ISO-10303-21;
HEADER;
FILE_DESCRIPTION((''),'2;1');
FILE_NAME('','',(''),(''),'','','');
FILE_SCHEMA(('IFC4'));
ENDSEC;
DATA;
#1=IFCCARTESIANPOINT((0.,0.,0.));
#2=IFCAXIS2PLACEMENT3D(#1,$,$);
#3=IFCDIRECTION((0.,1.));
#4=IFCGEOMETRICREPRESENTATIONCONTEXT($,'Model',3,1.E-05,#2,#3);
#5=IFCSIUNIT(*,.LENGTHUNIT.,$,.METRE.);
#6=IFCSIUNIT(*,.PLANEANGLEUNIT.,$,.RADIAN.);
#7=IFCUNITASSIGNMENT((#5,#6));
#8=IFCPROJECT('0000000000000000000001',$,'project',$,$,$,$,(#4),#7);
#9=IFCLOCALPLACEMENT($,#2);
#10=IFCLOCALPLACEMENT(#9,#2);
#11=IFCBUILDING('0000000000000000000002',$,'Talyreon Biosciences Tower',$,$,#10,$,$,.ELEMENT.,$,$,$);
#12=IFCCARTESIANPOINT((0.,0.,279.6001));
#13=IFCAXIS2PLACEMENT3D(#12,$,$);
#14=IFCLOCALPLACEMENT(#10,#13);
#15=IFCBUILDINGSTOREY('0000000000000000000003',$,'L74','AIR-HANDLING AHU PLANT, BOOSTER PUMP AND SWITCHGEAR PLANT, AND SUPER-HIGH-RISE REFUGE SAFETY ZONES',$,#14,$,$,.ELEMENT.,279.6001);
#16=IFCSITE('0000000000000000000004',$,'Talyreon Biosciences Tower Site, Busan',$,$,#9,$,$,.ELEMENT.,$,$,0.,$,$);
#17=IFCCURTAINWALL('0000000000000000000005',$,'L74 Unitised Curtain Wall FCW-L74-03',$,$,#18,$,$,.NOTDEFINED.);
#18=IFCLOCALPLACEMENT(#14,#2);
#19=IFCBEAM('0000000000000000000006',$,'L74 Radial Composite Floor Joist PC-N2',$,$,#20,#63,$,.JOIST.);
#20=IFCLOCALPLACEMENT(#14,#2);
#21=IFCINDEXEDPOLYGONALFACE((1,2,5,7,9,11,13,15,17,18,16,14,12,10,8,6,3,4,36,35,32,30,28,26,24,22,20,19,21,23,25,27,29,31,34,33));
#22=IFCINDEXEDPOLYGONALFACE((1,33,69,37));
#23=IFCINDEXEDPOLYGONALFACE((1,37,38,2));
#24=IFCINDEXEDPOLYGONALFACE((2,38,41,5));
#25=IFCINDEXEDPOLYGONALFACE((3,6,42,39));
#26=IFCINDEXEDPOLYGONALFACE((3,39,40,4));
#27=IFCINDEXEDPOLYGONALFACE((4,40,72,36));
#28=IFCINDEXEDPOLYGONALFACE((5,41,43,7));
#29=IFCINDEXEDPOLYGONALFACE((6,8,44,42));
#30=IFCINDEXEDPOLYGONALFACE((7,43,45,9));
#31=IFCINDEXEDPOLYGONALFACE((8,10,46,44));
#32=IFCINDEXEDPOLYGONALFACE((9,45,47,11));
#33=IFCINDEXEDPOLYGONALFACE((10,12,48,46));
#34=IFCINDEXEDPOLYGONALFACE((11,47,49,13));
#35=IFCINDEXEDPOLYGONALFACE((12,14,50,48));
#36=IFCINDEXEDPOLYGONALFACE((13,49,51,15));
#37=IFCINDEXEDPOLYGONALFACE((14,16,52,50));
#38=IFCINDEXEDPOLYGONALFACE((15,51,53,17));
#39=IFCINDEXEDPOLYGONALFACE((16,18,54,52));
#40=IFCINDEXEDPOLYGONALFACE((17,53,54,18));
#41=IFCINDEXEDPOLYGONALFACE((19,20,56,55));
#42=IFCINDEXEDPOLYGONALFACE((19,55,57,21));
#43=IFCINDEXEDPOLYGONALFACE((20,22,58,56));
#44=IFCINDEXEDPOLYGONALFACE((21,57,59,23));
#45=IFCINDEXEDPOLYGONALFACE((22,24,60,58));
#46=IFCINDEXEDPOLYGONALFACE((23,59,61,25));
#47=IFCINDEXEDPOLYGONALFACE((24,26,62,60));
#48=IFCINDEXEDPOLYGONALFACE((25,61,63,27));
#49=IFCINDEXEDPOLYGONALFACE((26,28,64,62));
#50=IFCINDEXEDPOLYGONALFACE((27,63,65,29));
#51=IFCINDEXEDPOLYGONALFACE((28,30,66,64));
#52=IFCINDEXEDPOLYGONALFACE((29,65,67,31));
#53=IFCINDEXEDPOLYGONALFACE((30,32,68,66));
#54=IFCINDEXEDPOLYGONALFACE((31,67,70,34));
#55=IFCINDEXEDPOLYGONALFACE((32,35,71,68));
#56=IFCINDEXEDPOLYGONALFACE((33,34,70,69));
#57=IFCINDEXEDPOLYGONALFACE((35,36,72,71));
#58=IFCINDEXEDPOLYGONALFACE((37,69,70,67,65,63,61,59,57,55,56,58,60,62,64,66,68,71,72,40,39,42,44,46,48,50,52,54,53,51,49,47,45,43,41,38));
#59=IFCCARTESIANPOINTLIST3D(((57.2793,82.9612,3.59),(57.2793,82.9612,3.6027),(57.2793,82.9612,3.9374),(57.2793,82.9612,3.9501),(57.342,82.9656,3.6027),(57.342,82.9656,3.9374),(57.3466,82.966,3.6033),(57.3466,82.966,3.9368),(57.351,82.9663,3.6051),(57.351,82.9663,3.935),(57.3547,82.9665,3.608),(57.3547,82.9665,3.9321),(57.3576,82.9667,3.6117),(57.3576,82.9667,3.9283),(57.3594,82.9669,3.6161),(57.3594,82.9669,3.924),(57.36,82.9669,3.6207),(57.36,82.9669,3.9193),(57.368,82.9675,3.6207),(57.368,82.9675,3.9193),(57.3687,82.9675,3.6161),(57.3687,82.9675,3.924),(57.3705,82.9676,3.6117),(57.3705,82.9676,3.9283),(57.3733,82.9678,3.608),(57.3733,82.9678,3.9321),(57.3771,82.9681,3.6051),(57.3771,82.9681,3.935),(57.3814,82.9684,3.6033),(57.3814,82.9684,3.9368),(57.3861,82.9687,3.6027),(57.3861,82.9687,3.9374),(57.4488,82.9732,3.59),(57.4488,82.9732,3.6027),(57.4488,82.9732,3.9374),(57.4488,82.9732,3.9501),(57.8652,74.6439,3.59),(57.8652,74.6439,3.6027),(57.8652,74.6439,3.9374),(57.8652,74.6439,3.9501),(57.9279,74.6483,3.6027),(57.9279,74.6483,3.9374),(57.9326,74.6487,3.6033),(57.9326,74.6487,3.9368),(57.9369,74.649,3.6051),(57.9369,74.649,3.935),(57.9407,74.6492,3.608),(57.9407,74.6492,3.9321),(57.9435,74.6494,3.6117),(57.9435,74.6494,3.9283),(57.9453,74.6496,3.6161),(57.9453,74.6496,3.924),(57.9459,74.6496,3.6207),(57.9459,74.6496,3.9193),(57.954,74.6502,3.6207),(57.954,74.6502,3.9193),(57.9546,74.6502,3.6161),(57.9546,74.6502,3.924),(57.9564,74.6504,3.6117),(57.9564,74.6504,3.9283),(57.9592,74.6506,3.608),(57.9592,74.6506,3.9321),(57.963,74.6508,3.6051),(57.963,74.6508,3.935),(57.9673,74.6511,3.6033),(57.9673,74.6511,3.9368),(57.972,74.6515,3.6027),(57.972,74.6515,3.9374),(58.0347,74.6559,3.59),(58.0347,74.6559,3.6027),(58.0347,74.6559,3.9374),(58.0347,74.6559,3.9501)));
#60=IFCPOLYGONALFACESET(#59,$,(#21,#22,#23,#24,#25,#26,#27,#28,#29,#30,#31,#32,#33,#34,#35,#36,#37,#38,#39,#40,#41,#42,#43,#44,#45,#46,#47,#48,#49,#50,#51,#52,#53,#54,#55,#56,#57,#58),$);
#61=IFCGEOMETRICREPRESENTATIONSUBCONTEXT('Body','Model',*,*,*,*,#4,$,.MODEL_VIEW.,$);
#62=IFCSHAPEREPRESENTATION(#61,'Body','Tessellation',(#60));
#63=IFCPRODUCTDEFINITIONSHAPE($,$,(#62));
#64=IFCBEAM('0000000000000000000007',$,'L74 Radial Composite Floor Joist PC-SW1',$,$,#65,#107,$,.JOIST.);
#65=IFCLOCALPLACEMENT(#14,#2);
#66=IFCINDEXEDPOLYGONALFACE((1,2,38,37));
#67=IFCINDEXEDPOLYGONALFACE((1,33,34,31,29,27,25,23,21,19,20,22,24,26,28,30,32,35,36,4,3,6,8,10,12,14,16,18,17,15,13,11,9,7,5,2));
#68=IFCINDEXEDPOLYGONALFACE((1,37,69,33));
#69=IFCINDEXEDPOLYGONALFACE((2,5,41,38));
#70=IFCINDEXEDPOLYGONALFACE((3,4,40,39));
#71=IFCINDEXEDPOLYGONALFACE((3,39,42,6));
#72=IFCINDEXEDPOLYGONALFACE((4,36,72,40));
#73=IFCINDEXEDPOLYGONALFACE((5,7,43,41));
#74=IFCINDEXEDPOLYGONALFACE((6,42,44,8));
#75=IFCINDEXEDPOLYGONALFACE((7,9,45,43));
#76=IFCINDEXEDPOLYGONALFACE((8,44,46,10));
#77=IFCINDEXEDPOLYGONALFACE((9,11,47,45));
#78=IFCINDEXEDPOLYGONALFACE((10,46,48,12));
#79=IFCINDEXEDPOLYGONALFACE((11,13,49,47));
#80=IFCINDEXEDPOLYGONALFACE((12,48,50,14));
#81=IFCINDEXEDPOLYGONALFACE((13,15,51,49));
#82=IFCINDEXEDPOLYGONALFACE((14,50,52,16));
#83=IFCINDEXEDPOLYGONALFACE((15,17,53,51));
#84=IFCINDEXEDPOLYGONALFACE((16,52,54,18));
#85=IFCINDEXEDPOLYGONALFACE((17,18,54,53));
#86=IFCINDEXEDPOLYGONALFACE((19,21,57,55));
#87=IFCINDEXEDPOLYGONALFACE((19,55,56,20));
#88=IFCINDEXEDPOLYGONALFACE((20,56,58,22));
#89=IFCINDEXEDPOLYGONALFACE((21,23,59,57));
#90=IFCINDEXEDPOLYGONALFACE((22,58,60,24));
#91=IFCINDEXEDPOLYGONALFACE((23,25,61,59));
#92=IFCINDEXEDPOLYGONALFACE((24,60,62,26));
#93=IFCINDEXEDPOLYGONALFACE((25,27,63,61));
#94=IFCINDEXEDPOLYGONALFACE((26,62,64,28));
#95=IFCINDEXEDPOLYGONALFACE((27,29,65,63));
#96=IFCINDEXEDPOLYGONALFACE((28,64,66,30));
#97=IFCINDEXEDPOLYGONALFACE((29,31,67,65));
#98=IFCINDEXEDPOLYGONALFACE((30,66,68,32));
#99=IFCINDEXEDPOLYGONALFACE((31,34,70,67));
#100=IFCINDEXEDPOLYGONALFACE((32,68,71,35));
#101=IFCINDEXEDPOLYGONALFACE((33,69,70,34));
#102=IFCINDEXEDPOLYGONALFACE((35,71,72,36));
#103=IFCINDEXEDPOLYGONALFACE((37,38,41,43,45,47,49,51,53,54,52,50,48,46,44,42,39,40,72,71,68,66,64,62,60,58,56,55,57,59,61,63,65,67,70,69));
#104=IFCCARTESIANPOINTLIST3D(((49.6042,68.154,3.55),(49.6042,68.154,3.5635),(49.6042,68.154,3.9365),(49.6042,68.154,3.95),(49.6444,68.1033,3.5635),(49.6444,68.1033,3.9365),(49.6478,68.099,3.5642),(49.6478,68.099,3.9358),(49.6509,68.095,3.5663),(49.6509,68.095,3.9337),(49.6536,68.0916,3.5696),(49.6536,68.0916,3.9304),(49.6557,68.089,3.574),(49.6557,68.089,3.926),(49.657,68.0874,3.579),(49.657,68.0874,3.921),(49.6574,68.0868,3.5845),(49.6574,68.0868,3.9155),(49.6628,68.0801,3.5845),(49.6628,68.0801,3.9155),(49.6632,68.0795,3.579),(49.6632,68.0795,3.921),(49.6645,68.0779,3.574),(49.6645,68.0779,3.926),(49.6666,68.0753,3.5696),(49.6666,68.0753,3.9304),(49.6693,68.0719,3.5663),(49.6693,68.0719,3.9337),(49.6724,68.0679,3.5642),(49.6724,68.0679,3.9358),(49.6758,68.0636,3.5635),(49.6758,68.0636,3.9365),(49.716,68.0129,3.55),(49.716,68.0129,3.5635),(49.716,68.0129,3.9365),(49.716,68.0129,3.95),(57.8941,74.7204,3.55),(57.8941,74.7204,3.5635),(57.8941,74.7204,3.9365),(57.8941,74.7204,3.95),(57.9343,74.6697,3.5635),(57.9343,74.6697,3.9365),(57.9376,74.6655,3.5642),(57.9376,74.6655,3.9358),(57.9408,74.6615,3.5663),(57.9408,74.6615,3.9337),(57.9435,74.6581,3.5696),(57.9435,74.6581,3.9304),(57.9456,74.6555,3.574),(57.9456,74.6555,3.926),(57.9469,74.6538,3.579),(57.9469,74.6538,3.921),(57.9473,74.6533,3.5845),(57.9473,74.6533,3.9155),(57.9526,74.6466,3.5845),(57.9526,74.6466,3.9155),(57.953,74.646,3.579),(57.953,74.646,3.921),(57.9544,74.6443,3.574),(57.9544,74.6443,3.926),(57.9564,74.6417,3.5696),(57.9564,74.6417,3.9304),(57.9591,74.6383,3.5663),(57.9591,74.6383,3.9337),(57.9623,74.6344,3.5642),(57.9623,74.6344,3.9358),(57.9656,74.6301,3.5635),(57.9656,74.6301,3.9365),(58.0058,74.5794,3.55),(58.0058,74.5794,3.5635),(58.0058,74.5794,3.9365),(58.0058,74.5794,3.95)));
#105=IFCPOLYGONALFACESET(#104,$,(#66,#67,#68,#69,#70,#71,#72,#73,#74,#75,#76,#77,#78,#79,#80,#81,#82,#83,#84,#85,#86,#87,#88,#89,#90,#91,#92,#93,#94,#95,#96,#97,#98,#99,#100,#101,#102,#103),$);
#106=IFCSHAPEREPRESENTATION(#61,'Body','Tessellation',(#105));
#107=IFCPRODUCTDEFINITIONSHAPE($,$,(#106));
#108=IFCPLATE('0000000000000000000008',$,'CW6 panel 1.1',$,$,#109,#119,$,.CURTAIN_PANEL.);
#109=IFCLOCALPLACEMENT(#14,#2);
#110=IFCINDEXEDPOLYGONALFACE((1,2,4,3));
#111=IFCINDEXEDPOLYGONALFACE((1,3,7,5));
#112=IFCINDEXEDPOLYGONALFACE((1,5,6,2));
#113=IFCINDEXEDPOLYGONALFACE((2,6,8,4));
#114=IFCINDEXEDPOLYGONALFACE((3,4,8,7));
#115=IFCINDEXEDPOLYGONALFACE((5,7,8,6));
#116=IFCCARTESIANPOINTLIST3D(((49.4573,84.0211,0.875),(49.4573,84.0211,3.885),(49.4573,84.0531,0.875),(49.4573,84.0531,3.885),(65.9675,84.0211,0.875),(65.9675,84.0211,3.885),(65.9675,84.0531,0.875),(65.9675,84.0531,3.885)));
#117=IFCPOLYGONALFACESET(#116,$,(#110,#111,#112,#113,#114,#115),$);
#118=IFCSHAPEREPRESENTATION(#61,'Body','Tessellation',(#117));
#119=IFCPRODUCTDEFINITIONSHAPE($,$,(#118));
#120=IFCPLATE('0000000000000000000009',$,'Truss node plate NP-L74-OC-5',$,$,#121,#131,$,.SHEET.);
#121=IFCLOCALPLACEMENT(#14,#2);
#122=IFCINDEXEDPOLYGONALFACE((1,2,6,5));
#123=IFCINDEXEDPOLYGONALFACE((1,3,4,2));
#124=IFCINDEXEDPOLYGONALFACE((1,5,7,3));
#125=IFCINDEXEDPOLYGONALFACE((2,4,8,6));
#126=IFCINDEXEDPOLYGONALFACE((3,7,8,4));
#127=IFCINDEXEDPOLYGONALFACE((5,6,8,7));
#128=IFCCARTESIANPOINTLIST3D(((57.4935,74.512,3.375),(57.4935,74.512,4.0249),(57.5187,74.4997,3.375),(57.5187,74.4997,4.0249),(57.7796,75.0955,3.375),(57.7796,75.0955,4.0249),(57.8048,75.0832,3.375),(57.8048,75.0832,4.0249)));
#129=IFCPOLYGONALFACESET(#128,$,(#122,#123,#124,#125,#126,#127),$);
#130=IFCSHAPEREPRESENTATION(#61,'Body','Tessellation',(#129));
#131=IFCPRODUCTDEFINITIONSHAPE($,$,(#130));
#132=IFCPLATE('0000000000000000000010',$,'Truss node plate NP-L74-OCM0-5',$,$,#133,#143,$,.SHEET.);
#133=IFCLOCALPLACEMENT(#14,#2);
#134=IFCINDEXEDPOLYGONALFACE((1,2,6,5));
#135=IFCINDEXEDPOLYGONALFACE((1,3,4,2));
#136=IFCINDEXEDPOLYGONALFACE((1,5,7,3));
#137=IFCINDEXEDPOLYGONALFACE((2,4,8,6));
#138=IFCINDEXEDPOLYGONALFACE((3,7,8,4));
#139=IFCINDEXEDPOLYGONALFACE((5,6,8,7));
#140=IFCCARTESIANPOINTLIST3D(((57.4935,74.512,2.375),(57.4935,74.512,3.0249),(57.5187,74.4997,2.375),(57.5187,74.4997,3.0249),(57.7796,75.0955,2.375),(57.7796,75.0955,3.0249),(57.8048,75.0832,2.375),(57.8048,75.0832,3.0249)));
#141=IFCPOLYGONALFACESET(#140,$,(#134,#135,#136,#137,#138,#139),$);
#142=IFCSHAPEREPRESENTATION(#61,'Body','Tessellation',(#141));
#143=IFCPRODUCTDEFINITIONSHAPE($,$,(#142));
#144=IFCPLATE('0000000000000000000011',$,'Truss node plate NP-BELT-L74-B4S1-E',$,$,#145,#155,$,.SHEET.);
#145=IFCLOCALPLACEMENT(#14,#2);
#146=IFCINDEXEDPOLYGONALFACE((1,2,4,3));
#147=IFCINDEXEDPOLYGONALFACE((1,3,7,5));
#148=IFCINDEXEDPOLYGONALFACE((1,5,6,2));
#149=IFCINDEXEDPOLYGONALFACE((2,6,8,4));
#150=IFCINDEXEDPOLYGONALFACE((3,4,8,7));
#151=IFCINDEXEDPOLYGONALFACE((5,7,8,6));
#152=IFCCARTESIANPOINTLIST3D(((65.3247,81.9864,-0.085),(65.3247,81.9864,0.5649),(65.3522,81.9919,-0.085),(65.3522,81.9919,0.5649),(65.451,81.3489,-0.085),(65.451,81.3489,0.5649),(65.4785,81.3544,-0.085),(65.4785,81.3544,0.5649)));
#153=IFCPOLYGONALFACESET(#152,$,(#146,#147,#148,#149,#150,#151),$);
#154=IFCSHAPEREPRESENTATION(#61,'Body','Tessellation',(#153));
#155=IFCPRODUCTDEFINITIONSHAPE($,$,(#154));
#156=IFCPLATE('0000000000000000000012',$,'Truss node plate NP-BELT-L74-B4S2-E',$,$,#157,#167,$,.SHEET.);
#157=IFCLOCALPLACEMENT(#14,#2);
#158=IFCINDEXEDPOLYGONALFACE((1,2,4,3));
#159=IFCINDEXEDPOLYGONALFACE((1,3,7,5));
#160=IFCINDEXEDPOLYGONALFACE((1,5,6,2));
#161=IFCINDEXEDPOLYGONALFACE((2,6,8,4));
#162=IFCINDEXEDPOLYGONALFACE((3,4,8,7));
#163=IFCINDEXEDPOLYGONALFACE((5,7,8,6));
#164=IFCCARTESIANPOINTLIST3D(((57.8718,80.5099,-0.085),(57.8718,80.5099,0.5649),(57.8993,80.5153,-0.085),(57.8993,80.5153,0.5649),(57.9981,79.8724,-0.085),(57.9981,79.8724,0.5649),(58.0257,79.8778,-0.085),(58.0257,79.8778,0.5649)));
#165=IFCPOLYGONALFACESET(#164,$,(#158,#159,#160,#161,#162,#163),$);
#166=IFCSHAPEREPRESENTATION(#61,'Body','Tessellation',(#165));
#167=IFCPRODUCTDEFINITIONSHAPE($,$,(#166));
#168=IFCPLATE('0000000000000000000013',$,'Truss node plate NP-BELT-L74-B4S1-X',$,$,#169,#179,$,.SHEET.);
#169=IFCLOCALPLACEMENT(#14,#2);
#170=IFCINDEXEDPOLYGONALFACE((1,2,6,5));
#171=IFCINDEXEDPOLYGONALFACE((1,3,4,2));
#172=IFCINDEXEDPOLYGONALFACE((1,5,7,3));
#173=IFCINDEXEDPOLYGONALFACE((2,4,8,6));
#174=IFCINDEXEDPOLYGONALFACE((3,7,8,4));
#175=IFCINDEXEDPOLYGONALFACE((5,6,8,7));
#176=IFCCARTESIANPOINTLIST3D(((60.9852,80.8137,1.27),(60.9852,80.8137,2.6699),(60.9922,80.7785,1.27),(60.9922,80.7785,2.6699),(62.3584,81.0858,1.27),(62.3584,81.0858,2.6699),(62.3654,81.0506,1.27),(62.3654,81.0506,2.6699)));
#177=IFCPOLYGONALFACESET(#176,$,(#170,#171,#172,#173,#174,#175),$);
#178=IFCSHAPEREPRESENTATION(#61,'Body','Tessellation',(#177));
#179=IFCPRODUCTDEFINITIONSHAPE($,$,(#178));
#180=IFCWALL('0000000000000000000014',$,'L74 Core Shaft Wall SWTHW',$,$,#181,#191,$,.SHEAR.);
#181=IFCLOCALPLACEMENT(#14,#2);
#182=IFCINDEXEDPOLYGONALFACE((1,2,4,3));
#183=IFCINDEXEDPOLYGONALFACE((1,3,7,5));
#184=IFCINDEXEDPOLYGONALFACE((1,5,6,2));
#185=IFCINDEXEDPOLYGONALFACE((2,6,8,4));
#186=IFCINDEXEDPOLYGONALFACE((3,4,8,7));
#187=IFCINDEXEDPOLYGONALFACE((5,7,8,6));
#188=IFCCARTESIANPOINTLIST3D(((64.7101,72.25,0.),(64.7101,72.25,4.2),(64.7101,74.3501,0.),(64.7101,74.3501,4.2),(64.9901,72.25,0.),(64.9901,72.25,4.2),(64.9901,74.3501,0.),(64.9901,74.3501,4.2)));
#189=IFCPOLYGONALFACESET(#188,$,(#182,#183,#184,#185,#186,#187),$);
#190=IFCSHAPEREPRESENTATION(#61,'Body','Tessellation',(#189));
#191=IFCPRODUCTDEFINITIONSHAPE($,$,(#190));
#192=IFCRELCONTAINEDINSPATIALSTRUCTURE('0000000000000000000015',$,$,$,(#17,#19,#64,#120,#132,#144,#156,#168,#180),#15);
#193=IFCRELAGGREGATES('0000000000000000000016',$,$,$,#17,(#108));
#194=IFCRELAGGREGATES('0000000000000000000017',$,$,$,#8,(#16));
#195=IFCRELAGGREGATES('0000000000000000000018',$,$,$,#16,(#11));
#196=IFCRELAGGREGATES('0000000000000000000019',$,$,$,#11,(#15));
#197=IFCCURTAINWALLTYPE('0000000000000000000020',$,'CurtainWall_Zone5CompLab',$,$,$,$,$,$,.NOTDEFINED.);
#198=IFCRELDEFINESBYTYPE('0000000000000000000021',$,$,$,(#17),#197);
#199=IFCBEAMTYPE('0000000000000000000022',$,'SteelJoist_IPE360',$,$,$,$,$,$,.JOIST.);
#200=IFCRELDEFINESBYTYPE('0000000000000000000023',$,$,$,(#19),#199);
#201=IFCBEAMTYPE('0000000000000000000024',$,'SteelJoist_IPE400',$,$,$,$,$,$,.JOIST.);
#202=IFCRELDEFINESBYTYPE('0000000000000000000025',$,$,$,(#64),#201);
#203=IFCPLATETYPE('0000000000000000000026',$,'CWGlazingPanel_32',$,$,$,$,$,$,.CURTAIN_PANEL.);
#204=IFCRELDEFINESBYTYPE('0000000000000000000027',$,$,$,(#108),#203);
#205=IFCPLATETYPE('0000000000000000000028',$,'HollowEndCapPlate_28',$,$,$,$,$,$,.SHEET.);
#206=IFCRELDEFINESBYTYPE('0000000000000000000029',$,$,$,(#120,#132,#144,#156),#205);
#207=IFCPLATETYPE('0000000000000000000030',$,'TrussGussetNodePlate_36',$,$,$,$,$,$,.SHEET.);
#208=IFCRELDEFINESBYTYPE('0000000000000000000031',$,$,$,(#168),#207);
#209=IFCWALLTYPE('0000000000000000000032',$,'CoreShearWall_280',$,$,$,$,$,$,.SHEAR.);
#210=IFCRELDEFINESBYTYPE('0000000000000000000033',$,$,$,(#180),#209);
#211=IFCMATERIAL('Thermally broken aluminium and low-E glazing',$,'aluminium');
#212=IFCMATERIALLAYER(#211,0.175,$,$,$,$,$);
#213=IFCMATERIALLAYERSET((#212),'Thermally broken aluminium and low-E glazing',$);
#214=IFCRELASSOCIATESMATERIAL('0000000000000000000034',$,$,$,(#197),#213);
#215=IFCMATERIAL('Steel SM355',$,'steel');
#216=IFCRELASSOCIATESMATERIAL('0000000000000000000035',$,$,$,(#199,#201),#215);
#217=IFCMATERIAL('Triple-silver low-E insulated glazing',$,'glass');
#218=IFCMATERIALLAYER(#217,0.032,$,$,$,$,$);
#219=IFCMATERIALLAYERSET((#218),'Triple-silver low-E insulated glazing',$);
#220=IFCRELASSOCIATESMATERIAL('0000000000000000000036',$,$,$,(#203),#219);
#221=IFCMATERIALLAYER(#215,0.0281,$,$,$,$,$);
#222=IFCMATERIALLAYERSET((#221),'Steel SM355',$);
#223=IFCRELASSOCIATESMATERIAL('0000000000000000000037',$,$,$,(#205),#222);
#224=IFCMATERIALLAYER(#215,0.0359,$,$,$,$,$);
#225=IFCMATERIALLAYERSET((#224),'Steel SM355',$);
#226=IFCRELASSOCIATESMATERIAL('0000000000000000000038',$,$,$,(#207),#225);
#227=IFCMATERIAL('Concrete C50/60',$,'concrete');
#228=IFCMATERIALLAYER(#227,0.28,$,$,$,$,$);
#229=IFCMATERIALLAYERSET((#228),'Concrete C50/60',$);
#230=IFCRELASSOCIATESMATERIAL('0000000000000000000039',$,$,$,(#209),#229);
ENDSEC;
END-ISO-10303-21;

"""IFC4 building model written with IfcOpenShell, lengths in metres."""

from ifc_helpers import new_model, si_unit, direction, frame, frame_2d, origin, origin_2d, place, context, subcontext, project, spatial, rectangle, i_section, extrude, material, layer, layer_set, material_profile, profile_set, type_object, element, aggregate, save


model = new_model("IFC4")

# Units and contexts
model_context = context("Model", 3, precision=1e-05, world=origin(), true_north=direction((0.0, 1.0)))
body_context = subcontext(model_context, "Body", "Model", "MODEL_VIEW")
ifc_project = project(units=[si_unit("LENGTHUNIT", "METRE"), si_unit("PLANEANGLEUNIT", "RADIAN")], contexts=[model_context])

# Site, building, storey
site_placement = place(None, origin())
site = spatial("IfcSite", under=ifc_project, at=site_placement, Name="Talyreon Biosciences Tower Site, Busan", CompositionType="ELEMENT", RefElevation=0.0)
building_placement = place(site_placement, origin())
building = spatial("IfcBuilding", under=site, at=building_placement, Name="Talyreon Biosciences Tower", CompositionType="ELEMENT")
storey_placement = place(building_placement, frame((0.0, 0.0, 279.6001)))
storey = spatial("IfcBuildingStorey", under=building, at=storey_placement, Name="L74", Description="AIR-HANDLING AHU PLANT, BOOSTER PUMP AND SWITCHGEAR PLANT, AND SUPER-HIGH-RISE REFUGE SAFETY ZONES", CompositionType="ELEMENT", Elevation=279.6001)

# Shared definitions
ifc_material_1 = material(Name="Concrete C50/60", Category="concrete")

# Shared definitions
ifc_material_2 = material(Name="Steel SM355", Category="steel")

# Curtain wall
ifc_material_3 = material(Name="Thermally broken aluminium and low-E glazing", Category="aluminium")
ifc_layer_1 = layer(ifc_material_3, 0.175)
ifc_layer_set_1 = layer_set([ifc_layer_1], Name="Thermally broken aluminium and low-E glazing")
curtain_wall_type = type_object("IfcCurtainWallType", Name="CurtainWall_Zone5CompLab", PredefinedType="NOTDEFINED", material=ifc_layer_set_1)
curtain_wall_placement = place(storey_placement, origin())
curtain_wall = element("IfcCurtainWall", 1, at=curtain_wall_placement, inside=storey, type_object=curtain_wall_type, Name="L74 Unitised Curtain Wall FCW-L74-03", PredefinedType="NOTDEFINED")

# Beams
ifc_material_profile_1 = material_profile(ifc_material_2, i_section(OverallWidth=0.1699, OverallDepth=0.3601, WebThickness=0.0081, FlangeThickness=0.0127, FilletRadius=0.0181, at=origin_2d()), Name="IPE360")
ifc_profile_set_1 = profile_set([ifc_material_profile_1], Name="Steel SM355")
beam_type_1 = type_object("IfcBeamType", Name="SteelJoist_IPE360", PredefinedType="JOIST", material=ifc_profile_set_1)
beam_1_placement = place(storey_placement, frame((57.95, 74.6499, 3.77), z_axis=(-0.070273, 0.997528, 0.0), x_axis=(-0.997528, -0.070273, 0.0)))
element("IfcBeam", 2, at=beam_1_placement, inside=storey, type_object=beam_type_1, Name="L74 Radial Composite Floor Joist PC-N2", PredefinedType="JOIST", context=body_context, shape_type="SweptSolid", body=[
    extrude(i_section(OverallWidth=0.1699, OverallDepth=0.3601, WebThickness=0.0081, FlangeThickness=0.0127, FilletRadius=0.0181, at=origin_2d()), origin(), (0.0, 0.0, 1.0), 8.3379),
])
ifc_material_profile_2 = material_profile(ifc_material_2, i_section(OverallWidth=0.1799, OverallDepth=0.3999, WebThickness=0.0085, FlangeThickness=0.0134, FilletRadius=0.021, at=origin_2d()), Name="IPE400")
ifc_profile_set_2 = profile_set([ifc_material_profile_2], Name="Steel SM355")
beam_type_2 = type_object("IfcBeamType", Name="SteelJoist_IPE400", PredefinedType="JOIST", material=ifc_profile_set_2)
beam_2_placement = place(storey_placement, frame((57.95, 74.6499, 3.75), z_axis=(-0.783878, -0.620915, 0.0), x_axis=(0.620915, -0.783878, 0.0)))
element("IfcBeam", 3, at=beam_2_placement, inside=storey, type_object=beam_type_2, Name="L74 Radial Composite Floor Joist PC-SW1", PredefinedType="JOIST", context=body_context, shape_type="SweptSolid", body=[
    extrude(i_section(OverallWidth=0.1799, OverallDepth=0.3999, WebThickness=0.0085, FlangeThickness=0.0134, FilletRadius=0.021, at=origin_2d()), origin(), (0.0, 0.0, 1.0), 10.5754),
])

# Plate
ifc_material_4 = material(Name="Triple-silver low-E insulated glazing", Category="glass")
ifc_layer_2 = layer(ifc_material_4, 0.032)
ifc_layer_set_2 = layer_set([ifc_layer_2], Name="Triple-silver low-E insulated glazing")
plate_type_1 = type_object("IfcPlateType", Name="CWGlazingPanel_32", PredefinedType="CURTAIN_PANEL", material=ifc_layer_set_2)
plate_1_placement = place(storey_placement, frame((57.7124, 84.0371, 0.875), z_axis=(0.0, 0.0, 1.0), x_axis=(1.0, 0.0, 0.0)))
plate_1 = element("IfcPlate", 4, at=plate_1_placement, type_object=plate_type_1, Name="CW6 panel 1.1", PredefinedType="CURTAIN_PANEL", context=body_context, shape_type="SweptSolid", body=[
    extrude(rectangle(XDim=16.5103, YDim=0.032, at=origin_2d()), origin(), (0.0, 0.0, 1.0), 3.01),
])
aggregate(curtain_wall, [plate_1])

# Plates
ifc_layer_3 = layer(ifc_material_2, 0.0281)
ifc_layer_set_3 = layer_set([ifc_layer_3], Name="Steel SM355")
plate_type_2 = type_object("IfcPlateType", Name="HollowEndCapPlate_28", PredefinedType="SHEET", material=ifc_layer_set_3)
for number, where, z_axis, x_axis, name in (
    (5, (57.6492, 74.7976, 3.375), (0.0, 0.0, 1.0), (-0.440284, -0.897859, 0.0), "Truss node plate NP-L74-OC-5"),
    (6, (57.6492, 74.7976, 2.375), (0.0, 0.0, 1.0), (-0.440284, -0.897859, 0.0), "Truss node plate NP-L74-OCM0-5"),
    (7, (65.4016, 81.6704, -0.085), (0.0, 0.0, 1.0), (0.194354, -0.980931, 0.0), "Truss node plate NP-BELT-L74-B4S1-E"),
    (8, (57.9487, 80.1938, -0.085), (0.0, 0.0, 1.0), (0.194354, -0.980931, 0.0), "Truss node plate NP-BELT-L74-B4S2-E"),
):
    element("IfcPlate", number, at=place(storey_placement, frame(where, z_axis=z_axis, x_axis=x_axis)), inside=storey, type_object=plate_type_2, Name=name, PredefinedType="SHEET", context=body_context, shape_type="SweptSolid", body=[
        extrude(rectangle(XDim=0.6499, YDim=0.0281, at=origin_2d()), origin(), (0.0, 0.0, 1.0), 0.6499),
    ])
ifc_layer_4 = layer(ifc_material_2, 0.0359)
ifc_layer_set_4 = layer_set([ifc_layer_4], Name="Steel SM355")
plate_type_3 = type_object("IfcPlateType", Name="TrussGussetNodePlate_36", PredefinedType="SHEET", material=ifc_layer_set_4)
plate_2_placement = place(storey_placement, frame((61.6753, 80.9321, 1.27), z_axis=(0.0, 0.0, 1.0), x_axis=(-0.980931, -0.194354, 0.0)))
element("IfcPlate", 9, at=plate_2_placement, inside=storey, type_object=plate_type_3, Name="Truss node plate NP-BELT-L74-B4S1-X", PredefinedType="SHEET", context=body_context, shape_type="SweptSolid", body=[
    extrude(rectangle(XDim=1.3999, YDim=0.0359, at=origin_2d()), origin(), (0.0, 0.0, 1.0), 1.3999),
])

# Wall
ifc_layer_5 = layer(ifc_material_1, 0.28)
ifc_layer_set_5 = layer_set([ifc_layer_5], Name="Concrete C50/60")
wall_type_1 = type_object("IfcWallType", Name="CoreShearWall_280", PredefinedType="SHEAR", material=ifc_layer_set_5)
wall_1_placement = place(storey_placement, frame((64.8501, 72.25, 0.0), z_axis=(0.0, 0.0, 1.0), x_axis=(0.0, 1.0, 0.0)))
element("IfcWall", 10, at=wall_1_placement, inside=storey, type_object=wall_type_1, Name="L74 Core Shaft Wall SWTHW", PredefinedType="SHEAR", context=body_context, shape_type="SweptSolid", body=[
    extrude(rectangle(XDim=2.1001, YDim=0.28, at=frame_2d((1.05, 0.0))), origin(), (0.0, 0.0, 1.0), 4.2),
])

save(model, "model.ifc")
